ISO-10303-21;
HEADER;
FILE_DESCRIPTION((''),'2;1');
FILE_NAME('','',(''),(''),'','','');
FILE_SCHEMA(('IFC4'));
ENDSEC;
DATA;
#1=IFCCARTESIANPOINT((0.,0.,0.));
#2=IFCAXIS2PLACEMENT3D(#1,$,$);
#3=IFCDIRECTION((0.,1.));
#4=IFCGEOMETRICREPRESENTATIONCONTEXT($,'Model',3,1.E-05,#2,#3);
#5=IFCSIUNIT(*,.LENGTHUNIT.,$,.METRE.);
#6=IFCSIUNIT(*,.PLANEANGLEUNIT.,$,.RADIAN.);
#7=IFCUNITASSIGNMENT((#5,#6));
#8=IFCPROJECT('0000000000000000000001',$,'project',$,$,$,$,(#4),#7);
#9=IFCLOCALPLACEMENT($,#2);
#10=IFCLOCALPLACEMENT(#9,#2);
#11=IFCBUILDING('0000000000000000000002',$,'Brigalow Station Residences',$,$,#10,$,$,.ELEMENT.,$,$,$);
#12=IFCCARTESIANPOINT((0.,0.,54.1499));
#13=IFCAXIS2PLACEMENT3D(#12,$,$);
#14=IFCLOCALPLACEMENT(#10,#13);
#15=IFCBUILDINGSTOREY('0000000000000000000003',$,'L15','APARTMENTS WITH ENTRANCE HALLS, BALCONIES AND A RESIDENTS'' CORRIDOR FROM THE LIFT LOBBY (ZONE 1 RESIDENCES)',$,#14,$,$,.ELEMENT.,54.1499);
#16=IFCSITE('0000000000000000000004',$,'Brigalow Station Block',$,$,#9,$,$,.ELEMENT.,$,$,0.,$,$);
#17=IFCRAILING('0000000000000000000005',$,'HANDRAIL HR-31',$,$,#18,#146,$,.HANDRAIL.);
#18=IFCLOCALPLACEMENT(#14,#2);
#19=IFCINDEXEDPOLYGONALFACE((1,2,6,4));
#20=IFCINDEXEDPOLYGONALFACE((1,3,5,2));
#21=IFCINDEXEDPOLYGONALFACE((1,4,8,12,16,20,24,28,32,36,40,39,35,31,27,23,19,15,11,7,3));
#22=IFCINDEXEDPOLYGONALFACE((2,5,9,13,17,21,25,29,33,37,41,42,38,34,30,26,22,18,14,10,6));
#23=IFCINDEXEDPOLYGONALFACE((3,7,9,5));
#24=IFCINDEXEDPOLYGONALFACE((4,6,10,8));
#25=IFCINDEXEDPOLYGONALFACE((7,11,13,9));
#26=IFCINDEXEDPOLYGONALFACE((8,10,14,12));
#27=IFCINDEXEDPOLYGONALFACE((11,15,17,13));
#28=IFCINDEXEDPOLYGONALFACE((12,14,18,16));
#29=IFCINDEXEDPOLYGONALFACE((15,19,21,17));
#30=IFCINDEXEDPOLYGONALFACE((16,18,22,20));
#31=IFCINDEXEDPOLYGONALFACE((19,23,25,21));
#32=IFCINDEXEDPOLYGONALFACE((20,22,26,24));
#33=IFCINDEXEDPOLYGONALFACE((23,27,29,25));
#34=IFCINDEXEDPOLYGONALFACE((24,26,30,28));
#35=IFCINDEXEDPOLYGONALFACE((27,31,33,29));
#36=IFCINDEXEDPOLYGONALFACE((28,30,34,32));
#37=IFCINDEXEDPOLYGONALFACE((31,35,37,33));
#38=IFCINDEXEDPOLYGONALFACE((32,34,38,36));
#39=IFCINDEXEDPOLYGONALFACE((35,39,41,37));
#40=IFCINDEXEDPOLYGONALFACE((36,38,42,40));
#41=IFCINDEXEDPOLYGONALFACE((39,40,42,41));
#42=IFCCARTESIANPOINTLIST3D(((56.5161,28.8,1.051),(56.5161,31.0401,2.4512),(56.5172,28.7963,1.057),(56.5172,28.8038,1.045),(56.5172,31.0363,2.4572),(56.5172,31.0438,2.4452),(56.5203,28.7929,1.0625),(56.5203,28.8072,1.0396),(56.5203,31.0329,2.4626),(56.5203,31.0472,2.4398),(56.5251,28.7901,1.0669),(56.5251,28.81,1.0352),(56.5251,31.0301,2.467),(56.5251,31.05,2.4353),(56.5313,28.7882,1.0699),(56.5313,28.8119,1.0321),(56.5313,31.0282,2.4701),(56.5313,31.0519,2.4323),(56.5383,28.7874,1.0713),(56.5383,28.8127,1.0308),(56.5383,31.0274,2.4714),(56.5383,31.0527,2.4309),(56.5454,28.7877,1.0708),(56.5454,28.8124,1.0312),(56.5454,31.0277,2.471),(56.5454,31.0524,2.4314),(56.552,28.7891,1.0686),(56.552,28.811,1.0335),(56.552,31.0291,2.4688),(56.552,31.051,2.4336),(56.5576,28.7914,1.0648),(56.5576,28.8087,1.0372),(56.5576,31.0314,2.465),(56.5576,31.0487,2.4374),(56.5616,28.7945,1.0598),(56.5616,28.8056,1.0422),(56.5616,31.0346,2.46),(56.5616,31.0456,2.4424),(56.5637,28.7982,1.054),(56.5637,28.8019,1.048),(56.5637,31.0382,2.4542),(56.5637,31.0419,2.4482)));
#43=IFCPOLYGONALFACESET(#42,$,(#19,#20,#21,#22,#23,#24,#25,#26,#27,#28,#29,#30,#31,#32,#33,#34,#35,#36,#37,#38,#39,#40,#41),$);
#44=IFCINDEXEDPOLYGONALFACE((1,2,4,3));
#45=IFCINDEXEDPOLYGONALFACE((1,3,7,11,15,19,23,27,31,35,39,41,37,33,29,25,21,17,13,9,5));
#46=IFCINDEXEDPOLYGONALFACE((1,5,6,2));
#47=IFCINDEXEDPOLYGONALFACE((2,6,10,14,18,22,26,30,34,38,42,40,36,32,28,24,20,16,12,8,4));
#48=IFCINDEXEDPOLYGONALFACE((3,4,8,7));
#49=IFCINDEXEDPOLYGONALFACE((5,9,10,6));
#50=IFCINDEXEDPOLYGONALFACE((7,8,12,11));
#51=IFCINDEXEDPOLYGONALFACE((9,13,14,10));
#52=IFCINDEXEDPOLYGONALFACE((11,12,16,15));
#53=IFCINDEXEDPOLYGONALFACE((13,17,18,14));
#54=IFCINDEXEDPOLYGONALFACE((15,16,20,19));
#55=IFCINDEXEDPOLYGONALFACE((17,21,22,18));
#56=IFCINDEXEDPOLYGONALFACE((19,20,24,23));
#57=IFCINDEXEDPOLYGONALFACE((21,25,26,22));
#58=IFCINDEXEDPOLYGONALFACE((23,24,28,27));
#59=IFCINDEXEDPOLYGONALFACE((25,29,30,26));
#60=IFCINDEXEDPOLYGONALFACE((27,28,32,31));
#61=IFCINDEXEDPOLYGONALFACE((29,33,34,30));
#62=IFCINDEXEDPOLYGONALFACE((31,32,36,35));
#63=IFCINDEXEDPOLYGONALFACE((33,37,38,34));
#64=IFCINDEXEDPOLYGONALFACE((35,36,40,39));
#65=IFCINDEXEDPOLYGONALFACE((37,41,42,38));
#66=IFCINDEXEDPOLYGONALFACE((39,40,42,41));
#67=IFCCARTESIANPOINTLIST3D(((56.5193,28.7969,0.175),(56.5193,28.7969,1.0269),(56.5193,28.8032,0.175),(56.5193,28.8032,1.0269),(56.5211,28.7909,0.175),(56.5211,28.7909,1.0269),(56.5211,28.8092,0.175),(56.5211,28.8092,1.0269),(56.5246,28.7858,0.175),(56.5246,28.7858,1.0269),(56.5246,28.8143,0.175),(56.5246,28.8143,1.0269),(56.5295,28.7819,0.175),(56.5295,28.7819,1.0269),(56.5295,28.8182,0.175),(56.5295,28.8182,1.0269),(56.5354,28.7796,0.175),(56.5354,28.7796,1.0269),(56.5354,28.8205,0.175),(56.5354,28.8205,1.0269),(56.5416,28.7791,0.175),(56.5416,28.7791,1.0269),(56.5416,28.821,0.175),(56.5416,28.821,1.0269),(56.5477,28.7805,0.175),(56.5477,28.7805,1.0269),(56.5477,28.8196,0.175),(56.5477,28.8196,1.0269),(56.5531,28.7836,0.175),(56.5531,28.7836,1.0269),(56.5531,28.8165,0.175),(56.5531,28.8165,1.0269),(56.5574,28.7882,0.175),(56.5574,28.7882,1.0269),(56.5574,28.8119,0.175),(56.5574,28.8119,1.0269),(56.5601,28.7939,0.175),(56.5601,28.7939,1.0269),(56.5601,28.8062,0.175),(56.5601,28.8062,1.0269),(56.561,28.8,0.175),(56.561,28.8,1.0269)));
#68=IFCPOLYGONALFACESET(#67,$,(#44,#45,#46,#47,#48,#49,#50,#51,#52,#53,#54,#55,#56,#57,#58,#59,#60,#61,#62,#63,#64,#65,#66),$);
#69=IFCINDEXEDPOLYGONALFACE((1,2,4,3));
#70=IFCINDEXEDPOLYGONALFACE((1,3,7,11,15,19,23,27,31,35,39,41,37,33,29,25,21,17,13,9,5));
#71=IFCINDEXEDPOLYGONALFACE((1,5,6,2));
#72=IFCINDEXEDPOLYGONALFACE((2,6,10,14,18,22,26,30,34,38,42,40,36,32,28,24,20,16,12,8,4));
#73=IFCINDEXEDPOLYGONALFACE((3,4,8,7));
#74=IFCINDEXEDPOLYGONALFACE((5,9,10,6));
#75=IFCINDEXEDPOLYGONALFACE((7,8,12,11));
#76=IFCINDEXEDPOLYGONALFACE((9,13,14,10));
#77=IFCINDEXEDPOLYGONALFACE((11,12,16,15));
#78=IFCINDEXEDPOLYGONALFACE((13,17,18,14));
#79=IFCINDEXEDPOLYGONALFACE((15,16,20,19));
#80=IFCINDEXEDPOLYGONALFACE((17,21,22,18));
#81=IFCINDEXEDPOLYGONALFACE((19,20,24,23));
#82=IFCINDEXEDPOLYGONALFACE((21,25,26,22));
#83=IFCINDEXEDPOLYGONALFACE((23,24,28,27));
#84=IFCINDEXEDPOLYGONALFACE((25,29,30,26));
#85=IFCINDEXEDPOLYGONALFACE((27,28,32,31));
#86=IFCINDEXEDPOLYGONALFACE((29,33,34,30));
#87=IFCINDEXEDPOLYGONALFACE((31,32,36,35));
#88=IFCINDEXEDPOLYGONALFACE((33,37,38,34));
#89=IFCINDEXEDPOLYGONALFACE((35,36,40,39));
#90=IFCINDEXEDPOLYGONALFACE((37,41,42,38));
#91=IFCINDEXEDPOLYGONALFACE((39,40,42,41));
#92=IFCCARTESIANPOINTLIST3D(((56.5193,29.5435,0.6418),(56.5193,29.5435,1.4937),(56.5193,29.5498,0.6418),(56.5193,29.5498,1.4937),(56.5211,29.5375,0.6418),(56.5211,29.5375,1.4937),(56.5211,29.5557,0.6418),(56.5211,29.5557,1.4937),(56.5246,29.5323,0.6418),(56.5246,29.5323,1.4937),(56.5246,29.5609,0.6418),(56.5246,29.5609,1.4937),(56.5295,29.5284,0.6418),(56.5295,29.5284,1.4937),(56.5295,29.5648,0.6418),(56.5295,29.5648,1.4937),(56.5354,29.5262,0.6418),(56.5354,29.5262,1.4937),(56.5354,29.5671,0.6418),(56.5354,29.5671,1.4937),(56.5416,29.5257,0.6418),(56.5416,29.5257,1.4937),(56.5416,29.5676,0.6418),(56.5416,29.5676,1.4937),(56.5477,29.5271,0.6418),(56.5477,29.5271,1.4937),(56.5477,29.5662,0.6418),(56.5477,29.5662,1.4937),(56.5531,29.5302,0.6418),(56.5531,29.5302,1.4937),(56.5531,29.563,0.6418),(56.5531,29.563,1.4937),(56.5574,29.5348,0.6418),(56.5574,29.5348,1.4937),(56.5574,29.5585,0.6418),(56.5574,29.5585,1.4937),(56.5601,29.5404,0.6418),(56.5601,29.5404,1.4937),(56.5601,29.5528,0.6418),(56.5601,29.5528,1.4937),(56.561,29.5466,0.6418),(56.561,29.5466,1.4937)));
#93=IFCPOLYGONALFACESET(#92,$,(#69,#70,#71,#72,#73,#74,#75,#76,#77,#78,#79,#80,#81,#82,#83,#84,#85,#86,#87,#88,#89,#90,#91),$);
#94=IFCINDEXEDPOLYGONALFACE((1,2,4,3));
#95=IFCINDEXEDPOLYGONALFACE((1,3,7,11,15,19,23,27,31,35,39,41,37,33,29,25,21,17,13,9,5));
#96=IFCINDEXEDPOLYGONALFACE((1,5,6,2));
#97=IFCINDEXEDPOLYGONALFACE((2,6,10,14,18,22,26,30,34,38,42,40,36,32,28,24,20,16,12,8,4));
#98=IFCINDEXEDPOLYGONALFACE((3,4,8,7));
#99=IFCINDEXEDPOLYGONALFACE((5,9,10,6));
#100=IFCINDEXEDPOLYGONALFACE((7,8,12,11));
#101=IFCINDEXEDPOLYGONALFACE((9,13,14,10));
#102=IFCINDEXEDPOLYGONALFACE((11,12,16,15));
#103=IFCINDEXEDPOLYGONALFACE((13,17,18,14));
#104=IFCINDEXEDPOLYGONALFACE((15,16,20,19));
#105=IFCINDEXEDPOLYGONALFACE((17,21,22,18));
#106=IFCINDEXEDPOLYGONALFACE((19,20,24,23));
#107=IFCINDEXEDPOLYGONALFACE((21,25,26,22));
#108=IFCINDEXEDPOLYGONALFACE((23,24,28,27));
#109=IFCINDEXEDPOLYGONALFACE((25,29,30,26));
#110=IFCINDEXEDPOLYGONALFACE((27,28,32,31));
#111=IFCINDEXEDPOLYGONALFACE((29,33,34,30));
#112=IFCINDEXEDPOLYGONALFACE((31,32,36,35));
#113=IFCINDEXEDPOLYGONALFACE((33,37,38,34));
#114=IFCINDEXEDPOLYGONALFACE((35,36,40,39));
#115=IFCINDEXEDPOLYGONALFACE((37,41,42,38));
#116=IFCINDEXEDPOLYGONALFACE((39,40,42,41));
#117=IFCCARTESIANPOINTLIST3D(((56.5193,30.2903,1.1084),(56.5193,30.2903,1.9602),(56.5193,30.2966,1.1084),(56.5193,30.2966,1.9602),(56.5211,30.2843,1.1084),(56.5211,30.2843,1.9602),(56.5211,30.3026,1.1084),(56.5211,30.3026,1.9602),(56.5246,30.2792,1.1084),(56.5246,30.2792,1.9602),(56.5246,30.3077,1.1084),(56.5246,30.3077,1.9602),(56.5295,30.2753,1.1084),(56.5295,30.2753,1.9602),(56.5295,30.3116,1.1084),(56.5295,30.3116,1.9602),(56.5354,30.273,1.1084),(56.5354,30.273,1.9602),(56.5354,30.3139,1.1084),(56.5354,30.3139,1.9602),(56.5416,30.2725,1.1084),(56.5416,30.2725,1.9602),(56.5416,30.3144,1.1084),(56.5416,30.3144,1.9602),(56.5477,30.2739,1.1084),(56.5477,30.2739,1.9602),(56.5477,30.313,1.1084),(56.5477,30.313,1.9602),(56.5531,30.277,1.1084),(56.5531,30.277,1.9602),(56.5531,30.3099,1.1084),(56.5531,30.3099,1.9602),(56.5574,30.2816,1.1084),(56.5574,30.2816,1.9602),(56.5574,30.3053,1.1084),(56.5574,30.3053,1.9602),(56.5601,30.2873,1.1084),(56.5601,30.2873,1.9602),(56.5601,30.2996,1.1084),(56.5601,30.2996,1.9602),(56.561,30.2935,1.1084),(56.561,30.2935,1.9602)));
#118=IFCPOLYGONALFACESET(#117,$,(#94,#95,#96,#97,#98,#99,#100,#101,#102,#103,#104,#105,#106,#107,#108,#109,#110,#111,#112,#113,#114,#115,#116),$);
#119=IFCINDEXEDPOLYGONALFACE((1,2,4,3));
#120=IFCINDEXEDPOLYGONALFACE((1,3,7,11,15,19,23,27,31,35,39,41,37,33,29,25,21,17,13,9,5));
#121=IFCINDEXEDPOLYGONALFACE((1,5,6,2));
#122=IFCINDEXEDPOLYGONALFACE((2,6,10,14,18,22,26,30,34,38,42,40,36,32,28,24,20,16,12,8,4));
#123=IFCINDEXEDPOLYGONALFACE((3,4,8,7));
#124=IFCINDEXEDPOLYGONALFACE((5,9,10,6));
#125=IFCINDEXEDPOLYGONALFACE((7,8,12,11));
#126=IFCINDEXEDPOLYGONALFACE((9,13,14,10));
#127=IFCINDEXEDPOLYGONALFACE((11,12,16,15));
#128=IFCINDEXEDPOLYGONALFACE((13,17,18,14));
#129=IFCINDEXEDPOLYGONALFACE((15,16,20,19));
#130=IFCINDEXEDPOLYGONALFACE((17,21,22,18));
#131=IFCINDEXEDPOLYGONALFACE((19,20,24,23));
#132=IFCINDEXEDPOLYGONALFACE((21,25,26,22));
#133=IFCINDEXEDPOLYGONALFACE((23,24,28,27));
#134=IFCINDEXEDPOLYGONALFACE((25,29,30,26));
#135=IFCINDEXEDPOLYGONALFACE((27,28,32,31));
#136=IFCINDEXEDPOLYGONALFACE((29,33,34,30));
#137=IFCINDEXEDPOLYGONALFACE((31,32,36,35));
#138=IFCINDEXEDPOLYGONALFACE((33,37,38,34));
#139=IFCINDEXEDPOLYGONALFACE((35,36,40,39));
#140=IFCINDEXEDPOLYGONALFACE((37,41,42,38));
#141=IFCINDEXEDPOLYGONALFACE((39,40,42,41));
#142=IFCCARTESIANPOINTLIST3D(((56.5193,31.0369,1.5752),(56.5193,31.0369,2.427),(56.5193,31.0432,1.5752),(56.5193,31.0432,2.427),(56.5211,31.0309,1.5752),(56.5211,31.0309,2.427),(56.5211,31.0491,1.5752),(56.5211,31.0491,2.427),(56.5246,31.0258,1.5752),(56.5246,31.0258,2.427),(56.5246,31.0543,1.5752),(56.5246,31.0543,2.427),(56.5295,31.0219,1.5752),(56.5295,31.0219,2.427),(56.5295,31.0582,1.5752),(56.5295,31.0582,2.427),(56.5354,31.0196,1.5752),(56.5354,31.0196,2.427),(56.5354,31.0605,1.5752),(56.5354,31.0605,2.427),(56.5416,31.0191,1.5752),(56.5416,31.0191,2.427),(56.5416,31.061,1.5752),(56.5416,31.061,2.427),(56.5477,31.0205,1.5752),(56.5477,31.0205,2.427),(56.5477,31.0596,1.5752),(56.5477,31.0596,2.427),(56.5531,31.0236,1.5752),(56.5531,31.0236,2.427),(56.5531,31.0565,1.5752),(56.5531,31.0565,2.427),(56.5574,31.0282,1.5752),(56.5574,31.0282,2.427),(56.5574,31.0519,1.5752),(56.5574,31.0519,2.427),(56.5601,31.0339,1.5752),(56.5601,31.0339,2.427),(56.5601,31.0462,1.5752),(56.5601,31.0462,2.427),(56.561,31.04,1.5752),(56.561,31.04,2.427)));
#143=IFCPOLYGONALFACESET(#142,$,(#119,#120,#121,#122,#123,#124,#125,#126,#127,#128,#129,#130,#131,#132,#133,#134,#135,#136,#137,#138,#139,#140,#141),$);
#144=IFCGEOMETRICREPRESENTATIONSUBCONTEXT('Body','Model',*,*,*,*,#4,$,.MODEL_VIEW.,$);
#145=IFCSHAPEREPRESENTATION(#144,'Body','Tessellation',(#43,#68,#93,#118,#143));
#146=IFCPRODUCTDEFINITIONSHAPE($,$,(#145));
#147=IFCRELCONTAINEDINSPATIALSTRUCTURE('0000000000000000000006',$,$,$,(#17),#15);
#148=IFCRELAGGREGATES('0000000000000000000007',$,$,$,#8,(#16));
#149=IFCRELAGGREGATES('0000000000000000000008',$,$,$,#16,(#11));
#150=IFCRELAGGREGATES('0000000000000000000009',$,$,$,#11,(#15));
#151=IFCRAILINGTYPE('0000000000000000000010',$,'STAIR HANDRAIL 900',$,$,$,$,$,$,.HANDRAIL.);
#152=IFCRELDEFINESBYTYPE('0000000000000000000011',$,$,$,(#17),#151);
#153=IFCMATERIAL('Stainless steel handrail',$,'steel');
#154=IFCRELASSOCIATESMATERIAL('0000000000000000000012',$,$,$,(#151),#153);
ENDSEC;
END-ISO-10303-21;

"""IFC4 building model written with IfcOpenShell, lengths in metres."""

from ifc_helpers import new_model, si_unit, direction, frame, origin, origin_2d, place, context, subcontext, project, spatial, circle, extrude, material, type_object, element, save


model = new_model("IFC4")

# Units and contexts
model_context = context("Model", 3, precision=1e-05, world=origin(), true_north=direction((0.0, 1.0)))
body_context = subcontext(model_context, "Body", "Model", "MODEL_VIEW")
ifc_project = project(units=[si_unit("LENGTHUNIT", "METRE"), si_unit("PLANEANGLEUNIT", "RADIAN")], contexts=[model_context])

# Site, building, storey
site_placement = place(None, origin())
site = spatial("IfcSite", under=ifc_project, at=site_placement, Name="Brigalow Station Block", CompositionType="ELEMENT", RefElevation=0.0)
building_placement = place(site_placement, origin())
building = spatial("IfcBuilding", under=site, at=building_placement, Name="Brigalow Station Residences", CompositionType="ELEMENT")
storey_placement = place(building_placement, frame((0.0, 0.0, 54.1499)))
storey = spatial("IfcBuildingStorey", under=building, at=storey_placement, Name="L15", Description="APARTMENTS WITH ENTRANCE HALLS, BALCONIES AND A RESIDENTS' CORRIDOR FROM THE LIFT LOBBY (ZONE 1 RESIDENCES)", CompositionType="ELEMENT", Elevation=54.1499)

# Railing
ifc_material_1 = material(Name="Stainless steel handrail", Category="steel")
railing_type = type_object("IfcRailingType", Name="STAIR HANDRAIL 900", PredefinedType="HANDRAIL", material=ifc_material_1)
railing_placement = place(storey_placement, frame((56.54, 28.8, 0.175)))
element("IfcRailing", 1, at=railing_placement, inside=storey, type_object=railing_type, Name="HANDRAIL HR-31", PredefinedType="HANDRAIL", context=body_context, shape_type="SweptSolid", body=[
    extrude(circle(Radius=0.0239, at=origin_2d()), frame((0.0, 0.0, 0.876), z_axis=(0.0, 0.847972, 0.53004), x_axis=(-1.0, 0.0, 0.0)), (0.0, 0.0, 1.0), 2.6416),
    extrude(circle(Radius=0.021, at=origin_2d()), origin(), (0.0, 0.0, 1.0), 0.8518),
    extrude(circle(Radius=0.021, at=origin_2d()), frame((0.0, 0.7466, 0.4668)), (0.0, 0.0, 1.0), 0.8518),
    extrude(circle(Radius=0.021, at=origin_2d()), frame((0.0, 1.4934, 0.9333)), (0.0, 0.0, 1.0), 0.8518),
    extrude(circle(Radius=0.021, at=origin_2d()), frame((0.0, 2.24, 1.4001)), (0.0, 0.0, 1.0), 0.8518),
])

save(model, "model.ifc")
